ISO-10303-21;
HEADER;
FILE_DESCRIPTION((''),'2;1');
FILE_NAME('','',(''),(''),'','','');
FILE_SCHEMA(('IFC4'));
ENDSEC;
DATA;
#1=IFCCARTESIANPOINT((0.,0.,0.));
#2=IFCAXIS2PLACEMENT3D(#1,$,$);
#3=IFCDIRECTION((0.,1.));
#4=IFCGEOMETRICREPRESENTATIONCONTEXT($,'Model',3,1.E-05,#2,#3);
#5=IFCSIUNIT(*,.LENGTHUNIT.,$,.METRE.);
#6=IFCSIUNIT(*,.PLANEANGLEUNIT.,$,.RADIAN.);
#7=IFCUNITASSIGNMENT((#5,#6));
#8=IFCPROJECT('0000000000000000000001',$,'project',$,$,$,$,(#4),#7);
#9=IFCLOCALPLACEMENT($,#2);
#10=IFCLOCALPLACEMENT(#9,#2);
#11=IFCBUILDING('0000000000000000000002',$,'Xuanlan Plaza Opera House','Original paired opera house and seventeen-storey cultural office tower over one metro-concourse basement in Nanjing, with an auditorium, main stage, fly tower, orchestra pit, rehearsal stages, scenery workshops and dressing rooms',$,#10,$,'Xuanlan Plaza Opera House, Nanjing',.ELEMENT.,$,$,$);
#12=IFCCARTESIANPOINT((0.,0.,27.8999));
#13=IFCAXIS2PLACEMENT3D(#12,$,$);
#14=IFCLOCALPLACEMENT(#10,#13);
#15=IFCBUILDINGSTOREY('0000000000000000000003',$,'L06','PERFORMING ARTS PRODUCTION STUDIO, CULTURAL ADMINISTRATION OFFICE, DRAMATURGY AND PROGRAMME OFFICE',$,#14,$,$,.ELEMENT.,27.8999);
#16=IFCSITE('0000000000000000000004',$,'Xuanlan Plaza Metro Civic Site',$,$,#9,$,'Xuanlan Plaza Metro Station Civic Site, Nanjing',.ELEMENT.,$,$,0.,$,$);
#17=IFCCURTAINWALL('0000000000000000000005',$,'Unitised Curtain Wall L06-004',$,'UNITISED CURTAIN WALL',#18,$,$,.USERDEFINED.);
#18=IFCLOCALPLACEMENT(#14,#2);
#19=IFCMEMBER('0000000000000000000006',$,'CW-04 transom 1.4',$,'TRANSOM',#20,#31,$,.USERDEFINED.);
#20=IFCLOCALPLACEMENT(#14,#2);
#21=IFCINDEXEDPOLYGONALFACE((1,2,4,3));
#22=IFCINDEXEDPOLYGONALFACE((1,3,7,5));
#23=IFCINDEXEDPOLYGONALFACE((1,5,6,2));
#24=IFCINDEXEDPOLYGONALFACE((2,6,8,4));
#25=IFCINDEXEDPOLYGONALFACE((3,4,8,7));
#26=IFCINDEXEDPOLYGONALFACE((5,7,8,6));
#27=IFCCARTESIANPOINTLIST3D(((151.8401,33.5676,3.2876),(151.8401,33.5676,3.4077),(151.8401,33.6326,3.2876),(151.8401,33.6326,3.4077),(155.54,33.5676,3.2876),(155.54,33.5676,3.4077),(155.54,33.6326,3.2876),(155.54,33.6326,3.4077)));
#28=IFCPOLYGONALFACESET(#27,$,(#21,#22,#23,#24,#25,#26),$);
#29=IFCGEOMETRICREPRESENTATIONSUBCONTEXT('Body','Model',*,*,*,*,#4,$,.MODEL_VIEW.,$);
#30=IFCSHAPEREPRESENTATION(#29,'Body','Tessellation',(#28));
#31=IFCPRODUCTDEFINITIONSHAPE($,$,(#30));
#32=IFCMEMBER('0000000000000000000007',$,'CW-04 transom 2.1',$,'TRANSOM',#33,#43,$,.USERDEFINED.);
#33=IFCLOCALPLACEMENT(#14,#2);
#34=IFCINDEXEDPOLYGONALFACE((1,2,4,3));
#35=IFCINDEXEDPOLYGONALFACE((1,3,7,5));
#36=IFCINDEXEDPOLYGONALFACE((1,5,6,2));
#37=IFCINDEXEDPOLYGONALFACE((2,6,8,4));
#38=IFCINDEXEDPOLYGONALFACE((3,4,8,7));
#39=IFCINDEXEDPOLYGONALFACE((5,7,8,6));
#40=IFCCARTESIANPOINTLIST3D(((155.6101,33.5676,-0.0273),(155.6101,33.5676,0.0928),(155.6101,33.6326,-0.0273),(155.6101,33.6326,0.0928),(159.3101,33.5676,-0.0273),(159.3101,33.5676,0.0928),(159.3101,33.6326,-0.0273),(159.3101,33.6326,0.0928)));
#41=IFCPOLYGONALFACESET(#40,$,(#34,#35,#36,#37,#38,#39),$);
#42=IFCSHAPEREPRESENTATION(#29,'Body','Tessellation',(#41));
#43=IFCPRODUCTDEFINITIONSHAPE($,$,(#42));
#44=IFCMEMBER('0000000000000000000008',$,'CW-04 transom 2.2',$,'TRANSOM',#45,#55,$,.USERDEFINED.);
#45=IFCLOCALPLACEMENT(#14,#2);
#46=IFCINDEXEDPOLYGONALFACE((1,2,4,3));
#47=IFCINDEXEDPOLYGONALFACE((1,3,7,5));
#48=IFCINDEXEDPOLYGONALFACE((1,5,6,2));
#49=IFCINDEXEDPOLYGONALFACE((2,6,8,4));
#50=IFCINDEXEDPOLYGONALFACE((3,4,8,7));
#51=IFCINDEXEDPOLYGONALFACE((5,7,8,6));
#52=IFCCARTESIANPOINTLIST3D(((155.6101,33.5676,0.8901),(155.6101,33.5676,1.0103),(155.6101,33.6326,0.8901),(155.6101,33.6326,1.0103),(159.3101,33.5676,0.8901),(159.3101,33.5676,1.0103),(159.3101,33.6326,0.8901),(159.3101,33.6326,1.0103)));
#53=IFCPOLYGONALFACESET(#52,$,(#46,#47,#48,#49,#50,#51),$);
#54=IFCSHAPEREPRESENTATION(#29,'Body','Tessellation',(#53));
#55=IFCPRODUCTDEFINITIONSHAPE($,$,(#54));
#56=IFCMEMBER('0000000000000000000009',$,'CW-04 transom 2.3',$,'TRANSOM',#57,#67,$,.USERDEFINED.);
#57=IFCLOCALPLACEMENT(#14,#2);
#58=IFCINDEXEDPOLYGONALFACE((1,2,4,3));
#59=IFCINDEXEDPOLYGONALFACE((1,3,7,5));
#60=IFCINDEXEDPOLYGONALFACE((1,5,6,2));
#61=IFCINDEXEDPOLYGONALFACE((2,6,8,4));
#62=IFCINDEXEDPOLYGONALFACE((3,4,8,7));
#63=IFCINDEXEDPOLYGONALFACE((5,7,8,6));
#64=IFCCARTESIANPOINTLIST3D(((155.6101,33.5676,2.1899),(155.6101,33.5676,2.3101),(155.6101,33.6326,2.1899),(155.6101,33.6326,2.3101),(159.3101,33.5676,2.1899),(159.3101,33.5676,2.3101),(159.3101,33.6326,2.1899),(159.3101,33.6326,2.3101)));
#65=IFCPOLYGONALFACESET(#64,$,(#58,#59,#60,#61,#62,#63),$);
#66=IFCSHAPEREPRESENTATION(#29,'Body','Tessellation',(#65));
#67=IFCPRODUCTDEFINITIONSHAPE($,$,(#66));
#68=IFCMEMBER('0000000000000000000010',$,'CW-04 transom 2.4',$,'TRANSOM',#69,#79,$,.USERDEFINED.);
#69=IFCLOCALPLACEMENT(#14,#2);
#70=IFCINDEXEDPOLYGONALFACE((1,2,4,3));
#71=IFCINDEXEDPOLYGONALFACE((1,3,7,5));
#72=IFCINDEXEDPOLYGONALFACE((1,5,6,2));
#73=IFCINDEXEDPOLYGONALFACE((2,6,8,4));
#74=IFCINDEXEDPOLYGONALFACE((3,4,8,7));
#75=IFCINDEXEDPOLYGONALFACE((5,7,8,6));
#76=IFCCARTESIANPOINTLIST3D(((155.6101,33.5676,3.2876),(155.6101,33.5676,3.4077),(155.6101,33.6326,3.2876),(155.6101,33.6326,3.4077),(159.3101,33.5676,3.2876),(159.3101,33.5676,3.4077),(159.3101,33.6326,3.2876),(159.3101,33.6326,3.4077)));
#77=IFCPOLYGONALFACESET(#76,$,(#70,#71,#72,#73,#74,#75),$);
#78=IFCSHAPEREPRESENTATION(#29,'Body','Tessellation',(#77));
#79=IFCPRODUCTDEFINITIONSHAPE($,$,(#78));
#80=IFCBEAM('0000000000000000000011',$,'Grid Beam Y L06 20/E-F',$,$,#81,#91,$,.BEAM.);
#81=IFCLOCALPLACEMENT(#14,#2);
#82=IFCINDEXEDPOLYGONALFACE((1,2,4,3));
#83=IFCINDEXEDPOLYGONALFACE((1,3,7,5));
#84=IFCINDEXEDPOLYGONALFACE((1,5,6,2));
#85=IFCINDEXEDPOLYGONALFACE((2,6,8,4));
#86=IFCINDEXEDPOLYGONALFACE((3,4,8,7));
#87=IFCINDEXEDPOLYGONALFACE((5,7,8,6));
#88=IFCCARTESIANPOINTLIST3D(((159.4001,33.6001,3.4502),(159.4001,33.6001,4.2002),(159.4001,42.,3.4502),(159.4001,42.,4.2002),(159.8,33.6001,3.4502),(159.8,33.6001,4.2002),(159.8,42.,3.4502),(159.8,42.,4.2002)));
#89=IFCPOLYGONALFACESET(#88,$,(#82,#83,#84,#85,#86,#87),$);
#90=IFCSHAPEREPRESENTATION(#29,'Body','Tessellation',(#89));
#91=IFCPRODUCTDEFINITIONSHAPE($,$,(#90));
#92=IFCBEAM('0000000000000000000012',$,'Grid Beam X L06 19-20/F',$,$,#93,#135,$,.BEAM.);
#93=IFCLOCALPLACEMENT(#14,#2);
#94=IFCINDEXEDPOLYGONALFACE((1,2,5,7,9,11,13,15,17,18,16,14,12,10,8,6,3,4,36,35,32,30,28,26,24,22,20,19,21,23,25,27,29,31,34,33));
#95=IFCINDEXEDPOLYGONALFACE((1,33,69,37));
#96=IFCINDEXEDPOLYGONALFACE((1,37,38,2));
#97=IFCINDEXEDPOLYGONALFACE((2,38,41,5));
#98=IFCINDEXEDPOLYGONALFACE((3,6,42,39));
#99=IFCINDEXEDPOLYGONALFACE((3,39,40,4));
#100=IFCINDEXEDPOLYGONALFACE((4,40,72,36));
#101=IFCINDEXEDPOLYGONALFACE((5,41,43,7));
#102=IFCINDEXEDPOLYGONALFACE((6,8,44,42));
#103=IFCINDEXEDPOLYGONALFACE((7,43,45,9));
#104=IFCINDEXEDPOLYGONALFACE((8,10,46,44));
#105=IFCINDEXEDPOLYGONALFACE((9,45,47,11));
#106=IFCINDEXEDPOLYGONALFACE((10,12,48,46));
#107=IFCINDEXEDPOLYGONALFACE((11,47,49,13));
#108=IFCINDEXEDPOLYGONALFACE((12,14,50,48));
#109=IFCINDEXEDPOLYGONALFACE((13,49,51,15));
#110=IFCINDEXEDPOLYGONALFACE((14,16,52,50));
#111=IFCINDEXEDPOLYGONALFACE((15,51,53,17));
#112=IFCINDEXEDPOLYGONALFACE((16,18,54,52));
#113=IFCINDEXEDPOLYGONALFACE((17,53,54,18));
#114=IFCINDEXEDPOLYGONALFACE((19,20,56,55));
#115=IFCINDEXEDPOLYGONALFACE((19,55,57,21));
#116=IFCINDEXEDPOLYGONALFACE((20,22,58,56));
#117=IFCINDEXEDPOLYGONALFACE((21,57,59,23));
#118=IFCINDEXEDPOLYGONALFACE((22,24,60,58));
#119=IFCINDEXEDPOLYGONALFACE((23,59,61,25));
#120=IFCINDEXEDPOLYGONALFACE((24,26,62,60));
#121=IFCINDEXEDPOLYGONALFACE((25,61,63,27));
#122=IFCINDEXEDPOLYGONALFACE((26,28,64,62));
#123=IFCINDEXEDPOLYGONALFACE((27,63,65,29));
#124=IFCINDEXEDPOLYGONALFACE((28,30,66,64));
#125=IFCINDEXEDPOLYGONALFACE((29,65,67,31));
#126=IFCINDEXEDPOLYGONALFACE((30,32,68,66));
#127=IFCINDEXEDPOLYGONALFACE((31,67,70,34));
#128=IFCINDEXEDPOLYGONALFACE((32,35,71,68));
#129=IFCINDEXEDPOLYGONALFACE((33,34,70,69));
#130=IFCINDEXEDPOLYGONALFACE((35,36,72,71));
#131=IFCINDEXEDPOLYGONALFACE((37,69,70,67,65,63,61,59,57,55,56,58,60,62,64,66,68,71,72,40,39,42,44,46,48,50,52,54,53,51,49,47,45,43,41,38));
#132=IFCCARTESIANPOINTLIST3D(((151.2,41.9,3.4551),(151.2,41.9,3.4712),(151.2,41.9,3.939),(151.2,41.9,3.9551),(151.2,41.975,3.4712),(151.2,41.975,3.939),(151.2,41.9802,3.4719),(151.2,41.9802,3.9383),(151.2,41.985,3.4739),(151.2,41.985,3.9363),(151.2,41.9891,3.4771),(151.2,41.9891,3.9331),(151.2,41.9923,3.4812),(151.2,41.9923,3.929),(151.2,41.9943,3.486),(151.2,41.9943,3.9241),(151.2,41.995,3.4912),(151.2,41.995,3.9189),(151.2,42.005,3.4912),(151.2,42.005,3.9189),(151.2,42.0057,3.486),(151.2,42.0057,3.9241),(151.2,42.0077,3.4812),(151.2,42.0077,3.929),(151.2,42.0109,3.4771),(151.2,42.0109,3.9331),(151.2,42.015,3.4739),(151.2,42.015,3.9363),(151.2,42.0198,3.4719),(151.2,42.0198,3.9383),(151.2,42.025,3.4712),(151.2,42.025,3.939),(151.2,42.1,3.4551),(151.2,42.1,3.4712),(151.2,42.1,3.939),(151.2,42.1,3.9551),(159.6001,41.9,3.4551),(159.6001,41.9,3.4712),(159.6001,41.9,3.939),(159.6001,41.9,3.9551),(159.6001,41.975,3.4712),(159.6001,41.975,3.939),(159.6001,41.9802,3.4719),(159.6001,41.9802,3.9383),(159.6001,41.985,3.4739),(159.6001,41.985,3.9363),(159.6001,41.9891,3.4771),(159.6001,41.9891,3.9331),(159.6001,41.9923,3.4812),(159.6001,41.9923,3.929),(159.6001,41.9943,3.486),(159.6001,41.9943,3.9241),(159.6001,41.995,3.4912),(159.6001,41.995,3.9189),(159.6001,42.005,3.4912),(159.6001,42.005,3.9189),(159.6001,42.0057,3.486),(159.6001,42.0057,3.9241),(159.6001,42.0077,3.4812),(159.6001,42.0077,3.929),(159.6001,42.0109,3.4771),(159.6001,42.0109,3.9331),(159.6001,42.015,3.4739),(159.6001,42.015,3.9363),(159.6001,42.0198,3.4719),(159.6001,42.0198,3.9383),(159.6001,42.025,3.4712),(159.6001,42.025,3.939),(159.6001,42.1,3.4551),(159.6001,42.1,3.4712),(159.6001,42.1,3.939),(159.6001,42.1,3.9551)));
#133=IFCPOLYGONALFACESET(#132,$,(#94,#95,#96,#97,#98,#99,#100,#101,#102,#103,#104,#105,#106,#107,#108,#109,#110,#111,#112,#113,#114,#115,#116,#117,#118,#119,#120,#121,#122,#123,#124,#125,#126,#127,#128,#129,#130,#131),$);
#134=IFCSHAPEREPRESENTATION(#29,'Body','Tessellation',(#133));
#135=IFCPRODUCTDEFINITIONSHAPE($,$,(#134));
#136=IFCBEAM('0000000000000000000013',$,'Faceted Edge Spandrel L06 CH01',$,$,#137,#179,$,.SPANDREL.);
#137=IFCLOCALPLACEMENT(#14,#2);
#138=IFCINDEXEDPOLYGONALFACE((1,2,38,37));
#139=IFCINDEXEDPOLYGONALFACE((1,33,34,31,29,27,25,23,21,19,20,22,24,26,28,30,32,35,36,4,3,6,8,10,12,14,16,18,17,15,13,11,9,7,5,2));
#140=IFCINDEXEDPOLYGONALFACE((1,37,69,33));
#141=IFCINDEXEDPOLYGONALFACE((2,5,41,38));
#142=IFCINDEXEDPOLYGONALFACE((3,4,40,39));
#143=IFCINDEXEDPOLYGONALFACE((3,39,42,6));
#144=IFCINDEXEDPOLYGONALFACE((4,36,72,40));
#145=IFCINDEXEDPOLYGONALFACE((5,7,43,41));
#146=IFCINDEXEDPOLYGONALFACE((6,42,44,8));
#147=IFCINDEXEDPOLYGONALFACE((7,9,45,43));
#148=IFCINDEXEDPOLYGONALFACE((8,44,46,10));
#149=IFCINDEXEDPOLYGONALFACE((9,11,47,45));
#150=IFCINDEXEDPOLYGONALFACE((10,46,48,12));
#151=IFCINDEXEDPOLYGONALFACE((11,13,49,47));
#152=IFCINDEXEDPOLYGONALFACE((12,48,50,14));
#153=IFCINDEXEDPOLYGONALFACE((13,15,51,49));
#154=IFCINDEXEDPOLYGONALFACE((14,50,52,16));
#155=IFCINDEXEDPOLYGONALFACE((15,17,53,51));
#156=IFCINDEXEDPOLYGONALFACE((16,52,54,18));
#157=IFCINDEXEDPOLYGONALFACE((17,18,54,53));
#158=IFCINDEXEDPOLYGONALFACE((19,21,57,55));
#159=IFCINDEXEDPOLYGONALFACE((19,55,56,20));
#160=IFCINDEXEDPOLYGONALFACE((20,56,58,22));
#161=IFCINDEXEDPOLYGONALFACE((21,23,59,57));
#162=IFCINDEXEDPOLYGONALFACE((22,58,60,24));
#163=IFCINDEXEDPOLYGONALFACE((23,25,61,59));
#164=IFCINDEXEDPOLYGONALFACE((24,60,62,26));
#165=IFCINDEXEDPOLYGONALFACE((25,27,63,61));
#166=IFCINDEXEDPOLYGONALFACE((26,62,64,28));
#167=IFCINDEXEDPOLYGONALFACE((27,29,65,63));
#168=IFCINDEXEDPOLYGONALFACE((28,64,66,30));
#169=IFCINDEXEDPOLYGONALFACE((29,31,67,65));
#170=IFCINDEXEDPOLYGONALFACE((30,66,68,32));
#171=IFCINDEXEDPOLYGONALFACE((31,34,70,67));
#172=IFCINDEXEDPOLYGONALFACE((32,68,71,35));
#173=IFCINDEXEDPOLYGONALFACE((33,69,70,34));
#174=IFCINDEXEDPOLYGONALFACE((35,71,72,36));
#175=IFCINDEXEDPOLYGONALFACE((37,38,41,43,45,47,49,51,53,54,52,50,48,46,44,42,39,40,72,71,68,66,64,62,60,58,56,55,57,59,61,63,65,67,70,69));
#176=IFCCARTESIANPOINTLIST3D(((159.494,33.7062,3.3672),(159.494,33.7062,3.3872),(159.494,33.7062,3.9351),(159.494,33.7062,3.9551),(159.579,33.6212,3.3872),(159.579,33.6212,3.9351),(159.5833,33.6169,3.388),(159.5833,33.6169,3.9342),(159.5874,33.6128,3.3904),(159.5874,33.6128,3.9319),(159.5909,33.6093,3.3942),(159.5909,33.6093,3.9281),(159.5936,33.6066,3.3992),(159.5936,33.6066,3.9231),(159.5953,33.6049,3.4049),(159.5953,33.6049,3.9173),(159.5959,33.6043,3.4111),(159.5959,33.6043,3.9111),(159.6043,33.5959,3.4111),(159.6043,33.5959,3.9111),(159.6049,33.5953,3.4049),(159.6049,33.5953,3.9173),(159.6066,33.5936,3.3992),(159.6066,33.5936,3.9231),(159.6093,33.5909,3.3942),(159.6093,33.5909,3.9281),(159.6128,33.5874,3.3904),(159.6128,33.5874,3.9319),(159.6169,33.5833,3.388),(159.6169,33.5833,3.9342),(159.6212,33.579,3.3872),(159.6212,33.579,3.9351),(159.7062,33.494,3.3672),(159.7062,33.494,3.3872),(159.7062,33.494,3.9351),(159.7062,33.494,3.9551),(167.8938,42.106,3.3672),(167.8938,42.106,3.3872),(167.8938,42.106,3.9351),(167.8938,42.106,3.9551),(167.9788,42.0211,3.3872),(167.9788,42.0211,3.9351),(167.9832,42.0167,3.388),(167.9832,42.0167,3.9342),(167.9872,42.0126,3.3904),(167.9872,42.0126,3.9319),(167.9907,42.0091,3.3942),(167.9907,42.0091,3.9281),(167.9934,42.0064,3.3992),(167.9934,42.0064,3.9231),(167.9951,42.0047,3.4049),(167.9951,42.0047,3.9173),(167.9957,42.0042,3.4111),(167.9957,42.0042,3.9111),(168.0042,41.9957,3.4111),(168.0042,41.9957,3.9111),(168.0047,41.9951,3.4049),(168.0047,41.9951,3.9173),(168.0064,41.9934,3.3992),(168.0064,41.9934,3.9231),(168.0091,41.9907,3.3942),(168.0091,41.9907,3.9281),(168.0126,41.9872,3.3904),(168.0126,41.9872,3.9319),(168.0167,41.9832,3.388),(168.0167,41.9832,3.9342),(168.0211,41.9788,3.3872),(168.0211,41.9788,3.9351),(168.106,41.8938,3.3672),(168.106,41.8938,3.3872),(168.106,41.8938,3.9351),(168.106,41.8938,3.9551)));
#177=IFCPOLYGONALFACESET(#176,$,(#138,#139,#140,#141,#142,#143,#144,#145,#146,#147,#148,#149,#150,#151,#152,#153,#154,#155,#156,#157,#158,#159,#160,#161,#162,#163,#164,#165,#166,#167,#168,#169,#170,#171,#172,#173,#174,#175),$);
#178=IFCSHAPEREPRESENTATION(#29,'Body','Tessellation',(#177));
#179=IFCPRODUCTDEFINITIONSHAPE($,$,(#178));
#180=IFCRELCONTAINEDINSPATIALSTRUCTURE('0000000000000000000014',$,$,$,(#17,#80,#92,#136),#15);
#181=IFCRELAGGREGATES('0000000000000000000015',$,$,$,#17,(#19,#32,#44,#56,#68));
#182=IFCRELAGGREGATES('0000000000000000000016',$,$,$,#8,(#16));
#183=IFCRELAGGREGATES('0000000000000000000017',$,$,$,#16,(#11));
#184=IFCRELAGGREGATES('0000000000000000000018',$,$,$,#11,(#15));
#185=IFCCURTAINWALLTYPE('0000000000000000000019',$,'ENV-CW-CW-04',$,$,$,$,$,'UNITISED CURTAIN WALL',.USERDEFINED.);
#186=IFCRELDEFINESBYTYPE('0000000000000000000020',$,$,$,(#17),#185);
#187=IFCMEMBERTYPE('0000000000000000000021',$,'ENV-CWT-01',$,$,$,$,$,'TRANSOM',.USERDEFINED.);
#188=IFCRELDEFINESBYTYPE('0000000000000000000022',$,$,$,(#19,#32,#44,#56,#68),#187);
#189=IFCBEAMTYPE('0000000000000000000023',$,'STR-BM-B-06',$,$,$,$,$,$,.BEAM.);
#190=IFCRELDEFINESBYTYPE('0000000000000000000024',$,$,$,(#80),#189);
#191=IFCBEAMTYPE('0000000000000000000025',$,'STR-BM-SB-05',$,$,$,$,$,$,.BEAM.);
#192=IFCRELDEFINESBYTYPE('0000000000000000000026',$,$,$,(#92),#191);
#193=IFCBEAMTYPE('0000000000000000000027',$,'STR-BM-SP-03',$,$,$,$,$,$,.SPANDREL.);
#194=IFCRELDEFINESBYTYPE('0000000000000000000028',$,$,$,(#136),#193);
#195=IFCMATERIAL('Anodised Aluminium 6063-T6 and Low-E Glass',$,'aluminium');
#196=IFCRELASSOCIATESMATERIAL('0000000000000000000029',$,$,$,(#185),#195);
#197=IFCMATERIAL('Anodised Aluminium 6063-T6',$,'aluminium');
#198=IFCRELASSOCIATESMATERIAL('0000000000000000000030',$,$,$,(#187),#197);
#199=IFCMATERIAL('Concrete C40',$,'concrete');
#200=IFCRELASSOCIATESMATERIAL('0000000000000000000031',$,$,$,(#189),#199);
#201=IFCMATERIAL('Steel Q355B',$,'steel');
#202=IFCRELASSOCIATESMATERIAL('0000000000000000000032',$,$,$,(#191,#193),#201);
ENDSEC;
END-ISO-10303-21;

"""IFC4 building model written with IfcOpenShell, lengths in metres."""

from ifc_helpers import new_model, si_unit, direction, frame, origin, origin_2d, place, context, subcontext, project, spatial, rectangle, i_section, extrude, material, material_profile, profile_set, type_object, element, aggregate, save


model = new_model("IFC4")

# Units and contexts
model_context = context("Model", 3, precision=1e-05, world=origin(), true_north=direction((0.0, 1.0)))
body_context = subcontext(model_context, "Body", "Model", "MODEL_VIEW")
ifc_project = project(units=[si_unit("LENGTHUNIT", "METRE"), si_unit("PLANEANGLEUNIT", "RADIAN")], contexts=[model_context])

# Site, building, storey
site_placement = place(None, origin())
site = spatial("IfcSite", under=ifc_project, at=site_placement, Name="Xuanlan Plaza Metro Civic Site", LongName="Xuanlan Plaza Metro Station Civic Site, Nanjing", CompositionType="ELEMENT", RefElevation=0.0)
building_placement = place(site_placement, origin())
building = spatial("IfcBuilding", under=site, at=building_placement, Name="Xuanlan Plaza Opera House", Description="Original paired opera house and seventeen-storey cultural office tower over one metro-concourse basement in Nanjing, with an auditorium, main stage, fly tower, orchestra pit, rehearsal stages, scenery workshops and dressing rooms", LongName="Xuanlan Plaza Opera House, Nanjing", CompositionType="ELEMENT")
storey_placement = place(building_placement, frame((0.0, 0.0, 27.8999)))
storey = spatial("IfcBuildingStorey", under=building, at=storey_placement, Name="L06", Description="PERFORMING ARTS PRODUCTION STUDIO, CULTURAL ADMINISTRATION OFFICE, DRAMATURGY AND PROGRAMME OFFICE", CompositionType="ELEMENT", Elevation=27.8999)

# Shared definitions
ifc_material_1 = material(Name="Steel Q355B", Category="steel")

# Curtain wall
ifc_material_2 = material(Name="Anodised Aluminium 6063-T6 and Low-E Glass", Category="aluminium")
curtain_wall_type_1 = type_object("IfcCurtainWallType", Name="ENV-CW-CW-04", ElementType="UNITISED CURTAIN WALL", PredefinedType="USERDEFINED", material=ifc_material_2)
curtain_wall_1_placement = place(storey_placement, origin())
curtain_wall_1 = element("IfcCurtainWall", 1, at=curtain_wall_1_placement, inside=storey, type_object=curtain_wall_type_1, Name="Unitised Curtain Wall L06-004", ObjectType="UNITISED CURTAIN WALL", PredefinedType="USERDEFINED")
ifc_material_3 = material(Name="Anodised Aluminium 6063-T6", Category="aluminium")

# Members
ifc_material_profile_1 = material_profile(ifc_material_3, rectangle(XDim=0.0649, YDim=0.1201, at=origin_2d()), Name="ALU-T 65x120")
ifc_profile_set_1 = profile_set([ifc_material_profile_1], Name="Anodised Aluminium 6063-T6")
member_type_1 = type_object("IfcMemberType", Name="ENV-CWT-01", ElementType="TRANSOM", PredefinedType="USERDEFINED", material=ifc_profile_set_1)
member_1_placement = place(storey_placement, frame((151.8401, 33.6001, 3.3477), z_axis=(1.0, 0.0, 0.0), x_axis=(0.0, 1.0, 0.0)))
member_1 = element("IfcMember", 2, at=member_1_placement, type_object=member_type_1, Name="CW-04 transom 1.4", ObjectType="TRANSOM", PredefinedType="USERDEFINED", context=body_context, shape_type="SweptSolid", body=[
    extrude(rectangle(XDim=0.0649, YDim=0.1201, at=origin_2d()), origin(), (0.0, 0.0, 1.0), 3.7),
])
member_2_placement = place(storey_placement, frame((155.6101, 33.6001, 0.0327), z_axis=(1.0, 0.0, 0.0), x_axis=(0.0, 1.0, 0.0)))
member_2 = element("IfcMember", 3, at=member_2_placement, type_object=member_type_1, Name="CW-04 transom 2.1", ObjectType="TRANSOM", PredefinedType="USERDEFINED", context=body_context, shape_type="SweptSolid", body=[
    extrude(rectangle(XDim=0.0649, YDim=0.1201, at=origin_2d()), origin(), (0.0, 0.0, 1.0), 3.7),
])
member_3_placement = place(storey_placement, frame((155.6101, 33.6001, 0.9502), z_axis=(1.0, 0.0, 0.0), x_axis=(0.0, 1.0, 0.0)))
member_3 = element("IfcMember", 4, at=member_3_placement, type_object=member_type_1, Name="CW-04 transom 2.2", ObjectType="TRANSOM", PredefinedType="USERDEFINED", context=body_context, shape_type="SweptSolid", body=[
    extrude(rectangle(XDim=0.0649, YDim=0.1201, at=origin_2d()), origin(), (0.0, 0.0, 1.0), 3.7),
])
member_4_placement = place(storey_placement, frame((155.6101, 33.6001, 2.25), z_axis=(1.0, 0.0, 0.0), x_axis=(0.0, 1.0, 0.0)))
member_4 = element("IfcMember", 5, at=member_4_placement, type_object=member_type_1, Name="CW-04 transom 2.3", ObjectType="TRANSOM", PredefinedType="USERDEFINED", context=body_context, shape_type="SweptSolid", body=[
    extrude(rectangle(XDim=0.0649, YDim=0.1201, at=origin_2d()), origin(), (0.0, 0.0, 1.0), 3.7),
])
member_5_placement = place(storey_placement, frame((155.6101, 33.6001, 3.3477), z_axis=(1.0, 0.0, 0.0), x_axis=(0.0, 1.0, 0.0)))
member_5 = element("IfcMember", 6, at=member_5_placement, type_object=member_type_1, Name="CW-04 transom 2.4", ObjectType="TRANSOM", PredefinedType="USERDEFINED", context=body_context, shape_type="SweptSolid", body=[
    extrude(rectangle(XDim=0.0649, YDim=0.1201, at=origin_2d()), origin(), (0.0, 0.0, 1.0), 3.7),
])

# Beams
ifc_material_4 = material(Name="Concrete C40", Category="concrete")
ifc_material_profile_2 = material_profile(ifc_material_4, rectangle(XDim=0.3999, YDim=0.75, at=origin_2d()), Name="RC-BM 400x750")
ifc_profile_set_2 = profile_set([ifc_material_profile_2], Name="Concrete C40")
beam_type_1 = type_object("IfcBeamType", Name="STR-BM-B-06", PredefinedType="BEAM", material=ifc_profile_set_2)
beam_1_placement = place(storey_placement, frame((159.6001, 33.6001, 3.8252), z_axis=(0.0, 1.0, 0.0), x_axis=(-1.0, 0.0, 0.0)))
element("IfcBeam", 7, at=beam_1_placement, inside=storey, type_object=beam_type_1, Name="Grid Beam Y L06 20/E-F", PredefinedType="BEAM", context=body_context, shape_type="SweptSolid", body=[
    extrude(rectangle(XDim=0.3999, YDim=0.75, at=origin_2d()), origin(), (0.0, 0.0, 1.0), 8.3999),
])
ifc_material_profile_3 = material_profile(ifc_material_1, i_section(OverallWidth=0.2, OverallDepth=0.5, WebThickness=0.01, FlangeThickness=0.0161, FilletRadius=0.02, at=origin_2d()), Name="HN 500x200x10x16")
ifc_profile_set_3 = profile_set([ifc_material_profile_3], Name="Steel Q355B")
beam_type_2 = type_object("IfcBeamType", Name="STR-BM-SB-05", PredefinedType="BEAM", material=ifc_profile_set_3)
beam_2_placement = place(storey_placement, frame((151.2, 42.0, 3.7051), z_axis=(1.0, 0.0, 0.0), x_axis=(0.0, 1.0, 0.0)))
element("IfcBeam", 8, at=beam_2_placement, inside=storey, type_object=beam_type_2, Name="Grid Beam X L06 19-20/F", PredefinedType="BEAM", context=body_context, shape_type="SweptSolid", body=[
    extrude(i_section(OverallWidth=0.2, OverallDepth=0.5, WebThickness=0.01, FlangeThickness=0.0161, FilletRadius=0.02, at=origin_2d()), origin(), (0.0, 0.0, 1.0), 8.4001),
])
ifc_material_profile_4 = material_profile(ifc_material_1, i_section(OverallWidth=0.3, OverallDepth=0.5879, WebThickness=0.012, FlangeThickness=0.02, FilletRadius=0.0239, at=origin_2d()), Name="HM 588x300x12x20")
ifc_profile_set_4 = profile_set([ifc_material_profile_4], Name="Steel Q355B")
beam_type_3 = type_object("IfcBeamType", Name="STR-BM-SP-03", PredefinedType="SPANDREL", material=ifc_profile_set_4)
beam_3_placement = place(storey_placement, frame((159.6001, 33.6001, 3.6611), z_axis=(0.707107, 0.707107, 0.0), x_axis=(-0.707107, 0.707107, 0.0)))
element("IfcBeam", 9, at=beam_3_placement, inside=storey, type_object=beam_type_3, Name="Faceted Edge Spandrel L06 CH01", PredefinedType="SPANDREL", context=body_context, shape_type="SweptSolid", body=[
    extrude(i_section(OverallWidth=0.3, OverallDepth=0.5879, WebThickness=0.012, FlangeThickness=0.02, FilletRadius=0.0239, at=origin_2d()), origin(), (0.0, 0.0, 1.0), 11.8792),
])

aggregate(curtain_wall_1, [member_1, member_2, member_3, member_4, member_5])

save(model, "model.ifc")
